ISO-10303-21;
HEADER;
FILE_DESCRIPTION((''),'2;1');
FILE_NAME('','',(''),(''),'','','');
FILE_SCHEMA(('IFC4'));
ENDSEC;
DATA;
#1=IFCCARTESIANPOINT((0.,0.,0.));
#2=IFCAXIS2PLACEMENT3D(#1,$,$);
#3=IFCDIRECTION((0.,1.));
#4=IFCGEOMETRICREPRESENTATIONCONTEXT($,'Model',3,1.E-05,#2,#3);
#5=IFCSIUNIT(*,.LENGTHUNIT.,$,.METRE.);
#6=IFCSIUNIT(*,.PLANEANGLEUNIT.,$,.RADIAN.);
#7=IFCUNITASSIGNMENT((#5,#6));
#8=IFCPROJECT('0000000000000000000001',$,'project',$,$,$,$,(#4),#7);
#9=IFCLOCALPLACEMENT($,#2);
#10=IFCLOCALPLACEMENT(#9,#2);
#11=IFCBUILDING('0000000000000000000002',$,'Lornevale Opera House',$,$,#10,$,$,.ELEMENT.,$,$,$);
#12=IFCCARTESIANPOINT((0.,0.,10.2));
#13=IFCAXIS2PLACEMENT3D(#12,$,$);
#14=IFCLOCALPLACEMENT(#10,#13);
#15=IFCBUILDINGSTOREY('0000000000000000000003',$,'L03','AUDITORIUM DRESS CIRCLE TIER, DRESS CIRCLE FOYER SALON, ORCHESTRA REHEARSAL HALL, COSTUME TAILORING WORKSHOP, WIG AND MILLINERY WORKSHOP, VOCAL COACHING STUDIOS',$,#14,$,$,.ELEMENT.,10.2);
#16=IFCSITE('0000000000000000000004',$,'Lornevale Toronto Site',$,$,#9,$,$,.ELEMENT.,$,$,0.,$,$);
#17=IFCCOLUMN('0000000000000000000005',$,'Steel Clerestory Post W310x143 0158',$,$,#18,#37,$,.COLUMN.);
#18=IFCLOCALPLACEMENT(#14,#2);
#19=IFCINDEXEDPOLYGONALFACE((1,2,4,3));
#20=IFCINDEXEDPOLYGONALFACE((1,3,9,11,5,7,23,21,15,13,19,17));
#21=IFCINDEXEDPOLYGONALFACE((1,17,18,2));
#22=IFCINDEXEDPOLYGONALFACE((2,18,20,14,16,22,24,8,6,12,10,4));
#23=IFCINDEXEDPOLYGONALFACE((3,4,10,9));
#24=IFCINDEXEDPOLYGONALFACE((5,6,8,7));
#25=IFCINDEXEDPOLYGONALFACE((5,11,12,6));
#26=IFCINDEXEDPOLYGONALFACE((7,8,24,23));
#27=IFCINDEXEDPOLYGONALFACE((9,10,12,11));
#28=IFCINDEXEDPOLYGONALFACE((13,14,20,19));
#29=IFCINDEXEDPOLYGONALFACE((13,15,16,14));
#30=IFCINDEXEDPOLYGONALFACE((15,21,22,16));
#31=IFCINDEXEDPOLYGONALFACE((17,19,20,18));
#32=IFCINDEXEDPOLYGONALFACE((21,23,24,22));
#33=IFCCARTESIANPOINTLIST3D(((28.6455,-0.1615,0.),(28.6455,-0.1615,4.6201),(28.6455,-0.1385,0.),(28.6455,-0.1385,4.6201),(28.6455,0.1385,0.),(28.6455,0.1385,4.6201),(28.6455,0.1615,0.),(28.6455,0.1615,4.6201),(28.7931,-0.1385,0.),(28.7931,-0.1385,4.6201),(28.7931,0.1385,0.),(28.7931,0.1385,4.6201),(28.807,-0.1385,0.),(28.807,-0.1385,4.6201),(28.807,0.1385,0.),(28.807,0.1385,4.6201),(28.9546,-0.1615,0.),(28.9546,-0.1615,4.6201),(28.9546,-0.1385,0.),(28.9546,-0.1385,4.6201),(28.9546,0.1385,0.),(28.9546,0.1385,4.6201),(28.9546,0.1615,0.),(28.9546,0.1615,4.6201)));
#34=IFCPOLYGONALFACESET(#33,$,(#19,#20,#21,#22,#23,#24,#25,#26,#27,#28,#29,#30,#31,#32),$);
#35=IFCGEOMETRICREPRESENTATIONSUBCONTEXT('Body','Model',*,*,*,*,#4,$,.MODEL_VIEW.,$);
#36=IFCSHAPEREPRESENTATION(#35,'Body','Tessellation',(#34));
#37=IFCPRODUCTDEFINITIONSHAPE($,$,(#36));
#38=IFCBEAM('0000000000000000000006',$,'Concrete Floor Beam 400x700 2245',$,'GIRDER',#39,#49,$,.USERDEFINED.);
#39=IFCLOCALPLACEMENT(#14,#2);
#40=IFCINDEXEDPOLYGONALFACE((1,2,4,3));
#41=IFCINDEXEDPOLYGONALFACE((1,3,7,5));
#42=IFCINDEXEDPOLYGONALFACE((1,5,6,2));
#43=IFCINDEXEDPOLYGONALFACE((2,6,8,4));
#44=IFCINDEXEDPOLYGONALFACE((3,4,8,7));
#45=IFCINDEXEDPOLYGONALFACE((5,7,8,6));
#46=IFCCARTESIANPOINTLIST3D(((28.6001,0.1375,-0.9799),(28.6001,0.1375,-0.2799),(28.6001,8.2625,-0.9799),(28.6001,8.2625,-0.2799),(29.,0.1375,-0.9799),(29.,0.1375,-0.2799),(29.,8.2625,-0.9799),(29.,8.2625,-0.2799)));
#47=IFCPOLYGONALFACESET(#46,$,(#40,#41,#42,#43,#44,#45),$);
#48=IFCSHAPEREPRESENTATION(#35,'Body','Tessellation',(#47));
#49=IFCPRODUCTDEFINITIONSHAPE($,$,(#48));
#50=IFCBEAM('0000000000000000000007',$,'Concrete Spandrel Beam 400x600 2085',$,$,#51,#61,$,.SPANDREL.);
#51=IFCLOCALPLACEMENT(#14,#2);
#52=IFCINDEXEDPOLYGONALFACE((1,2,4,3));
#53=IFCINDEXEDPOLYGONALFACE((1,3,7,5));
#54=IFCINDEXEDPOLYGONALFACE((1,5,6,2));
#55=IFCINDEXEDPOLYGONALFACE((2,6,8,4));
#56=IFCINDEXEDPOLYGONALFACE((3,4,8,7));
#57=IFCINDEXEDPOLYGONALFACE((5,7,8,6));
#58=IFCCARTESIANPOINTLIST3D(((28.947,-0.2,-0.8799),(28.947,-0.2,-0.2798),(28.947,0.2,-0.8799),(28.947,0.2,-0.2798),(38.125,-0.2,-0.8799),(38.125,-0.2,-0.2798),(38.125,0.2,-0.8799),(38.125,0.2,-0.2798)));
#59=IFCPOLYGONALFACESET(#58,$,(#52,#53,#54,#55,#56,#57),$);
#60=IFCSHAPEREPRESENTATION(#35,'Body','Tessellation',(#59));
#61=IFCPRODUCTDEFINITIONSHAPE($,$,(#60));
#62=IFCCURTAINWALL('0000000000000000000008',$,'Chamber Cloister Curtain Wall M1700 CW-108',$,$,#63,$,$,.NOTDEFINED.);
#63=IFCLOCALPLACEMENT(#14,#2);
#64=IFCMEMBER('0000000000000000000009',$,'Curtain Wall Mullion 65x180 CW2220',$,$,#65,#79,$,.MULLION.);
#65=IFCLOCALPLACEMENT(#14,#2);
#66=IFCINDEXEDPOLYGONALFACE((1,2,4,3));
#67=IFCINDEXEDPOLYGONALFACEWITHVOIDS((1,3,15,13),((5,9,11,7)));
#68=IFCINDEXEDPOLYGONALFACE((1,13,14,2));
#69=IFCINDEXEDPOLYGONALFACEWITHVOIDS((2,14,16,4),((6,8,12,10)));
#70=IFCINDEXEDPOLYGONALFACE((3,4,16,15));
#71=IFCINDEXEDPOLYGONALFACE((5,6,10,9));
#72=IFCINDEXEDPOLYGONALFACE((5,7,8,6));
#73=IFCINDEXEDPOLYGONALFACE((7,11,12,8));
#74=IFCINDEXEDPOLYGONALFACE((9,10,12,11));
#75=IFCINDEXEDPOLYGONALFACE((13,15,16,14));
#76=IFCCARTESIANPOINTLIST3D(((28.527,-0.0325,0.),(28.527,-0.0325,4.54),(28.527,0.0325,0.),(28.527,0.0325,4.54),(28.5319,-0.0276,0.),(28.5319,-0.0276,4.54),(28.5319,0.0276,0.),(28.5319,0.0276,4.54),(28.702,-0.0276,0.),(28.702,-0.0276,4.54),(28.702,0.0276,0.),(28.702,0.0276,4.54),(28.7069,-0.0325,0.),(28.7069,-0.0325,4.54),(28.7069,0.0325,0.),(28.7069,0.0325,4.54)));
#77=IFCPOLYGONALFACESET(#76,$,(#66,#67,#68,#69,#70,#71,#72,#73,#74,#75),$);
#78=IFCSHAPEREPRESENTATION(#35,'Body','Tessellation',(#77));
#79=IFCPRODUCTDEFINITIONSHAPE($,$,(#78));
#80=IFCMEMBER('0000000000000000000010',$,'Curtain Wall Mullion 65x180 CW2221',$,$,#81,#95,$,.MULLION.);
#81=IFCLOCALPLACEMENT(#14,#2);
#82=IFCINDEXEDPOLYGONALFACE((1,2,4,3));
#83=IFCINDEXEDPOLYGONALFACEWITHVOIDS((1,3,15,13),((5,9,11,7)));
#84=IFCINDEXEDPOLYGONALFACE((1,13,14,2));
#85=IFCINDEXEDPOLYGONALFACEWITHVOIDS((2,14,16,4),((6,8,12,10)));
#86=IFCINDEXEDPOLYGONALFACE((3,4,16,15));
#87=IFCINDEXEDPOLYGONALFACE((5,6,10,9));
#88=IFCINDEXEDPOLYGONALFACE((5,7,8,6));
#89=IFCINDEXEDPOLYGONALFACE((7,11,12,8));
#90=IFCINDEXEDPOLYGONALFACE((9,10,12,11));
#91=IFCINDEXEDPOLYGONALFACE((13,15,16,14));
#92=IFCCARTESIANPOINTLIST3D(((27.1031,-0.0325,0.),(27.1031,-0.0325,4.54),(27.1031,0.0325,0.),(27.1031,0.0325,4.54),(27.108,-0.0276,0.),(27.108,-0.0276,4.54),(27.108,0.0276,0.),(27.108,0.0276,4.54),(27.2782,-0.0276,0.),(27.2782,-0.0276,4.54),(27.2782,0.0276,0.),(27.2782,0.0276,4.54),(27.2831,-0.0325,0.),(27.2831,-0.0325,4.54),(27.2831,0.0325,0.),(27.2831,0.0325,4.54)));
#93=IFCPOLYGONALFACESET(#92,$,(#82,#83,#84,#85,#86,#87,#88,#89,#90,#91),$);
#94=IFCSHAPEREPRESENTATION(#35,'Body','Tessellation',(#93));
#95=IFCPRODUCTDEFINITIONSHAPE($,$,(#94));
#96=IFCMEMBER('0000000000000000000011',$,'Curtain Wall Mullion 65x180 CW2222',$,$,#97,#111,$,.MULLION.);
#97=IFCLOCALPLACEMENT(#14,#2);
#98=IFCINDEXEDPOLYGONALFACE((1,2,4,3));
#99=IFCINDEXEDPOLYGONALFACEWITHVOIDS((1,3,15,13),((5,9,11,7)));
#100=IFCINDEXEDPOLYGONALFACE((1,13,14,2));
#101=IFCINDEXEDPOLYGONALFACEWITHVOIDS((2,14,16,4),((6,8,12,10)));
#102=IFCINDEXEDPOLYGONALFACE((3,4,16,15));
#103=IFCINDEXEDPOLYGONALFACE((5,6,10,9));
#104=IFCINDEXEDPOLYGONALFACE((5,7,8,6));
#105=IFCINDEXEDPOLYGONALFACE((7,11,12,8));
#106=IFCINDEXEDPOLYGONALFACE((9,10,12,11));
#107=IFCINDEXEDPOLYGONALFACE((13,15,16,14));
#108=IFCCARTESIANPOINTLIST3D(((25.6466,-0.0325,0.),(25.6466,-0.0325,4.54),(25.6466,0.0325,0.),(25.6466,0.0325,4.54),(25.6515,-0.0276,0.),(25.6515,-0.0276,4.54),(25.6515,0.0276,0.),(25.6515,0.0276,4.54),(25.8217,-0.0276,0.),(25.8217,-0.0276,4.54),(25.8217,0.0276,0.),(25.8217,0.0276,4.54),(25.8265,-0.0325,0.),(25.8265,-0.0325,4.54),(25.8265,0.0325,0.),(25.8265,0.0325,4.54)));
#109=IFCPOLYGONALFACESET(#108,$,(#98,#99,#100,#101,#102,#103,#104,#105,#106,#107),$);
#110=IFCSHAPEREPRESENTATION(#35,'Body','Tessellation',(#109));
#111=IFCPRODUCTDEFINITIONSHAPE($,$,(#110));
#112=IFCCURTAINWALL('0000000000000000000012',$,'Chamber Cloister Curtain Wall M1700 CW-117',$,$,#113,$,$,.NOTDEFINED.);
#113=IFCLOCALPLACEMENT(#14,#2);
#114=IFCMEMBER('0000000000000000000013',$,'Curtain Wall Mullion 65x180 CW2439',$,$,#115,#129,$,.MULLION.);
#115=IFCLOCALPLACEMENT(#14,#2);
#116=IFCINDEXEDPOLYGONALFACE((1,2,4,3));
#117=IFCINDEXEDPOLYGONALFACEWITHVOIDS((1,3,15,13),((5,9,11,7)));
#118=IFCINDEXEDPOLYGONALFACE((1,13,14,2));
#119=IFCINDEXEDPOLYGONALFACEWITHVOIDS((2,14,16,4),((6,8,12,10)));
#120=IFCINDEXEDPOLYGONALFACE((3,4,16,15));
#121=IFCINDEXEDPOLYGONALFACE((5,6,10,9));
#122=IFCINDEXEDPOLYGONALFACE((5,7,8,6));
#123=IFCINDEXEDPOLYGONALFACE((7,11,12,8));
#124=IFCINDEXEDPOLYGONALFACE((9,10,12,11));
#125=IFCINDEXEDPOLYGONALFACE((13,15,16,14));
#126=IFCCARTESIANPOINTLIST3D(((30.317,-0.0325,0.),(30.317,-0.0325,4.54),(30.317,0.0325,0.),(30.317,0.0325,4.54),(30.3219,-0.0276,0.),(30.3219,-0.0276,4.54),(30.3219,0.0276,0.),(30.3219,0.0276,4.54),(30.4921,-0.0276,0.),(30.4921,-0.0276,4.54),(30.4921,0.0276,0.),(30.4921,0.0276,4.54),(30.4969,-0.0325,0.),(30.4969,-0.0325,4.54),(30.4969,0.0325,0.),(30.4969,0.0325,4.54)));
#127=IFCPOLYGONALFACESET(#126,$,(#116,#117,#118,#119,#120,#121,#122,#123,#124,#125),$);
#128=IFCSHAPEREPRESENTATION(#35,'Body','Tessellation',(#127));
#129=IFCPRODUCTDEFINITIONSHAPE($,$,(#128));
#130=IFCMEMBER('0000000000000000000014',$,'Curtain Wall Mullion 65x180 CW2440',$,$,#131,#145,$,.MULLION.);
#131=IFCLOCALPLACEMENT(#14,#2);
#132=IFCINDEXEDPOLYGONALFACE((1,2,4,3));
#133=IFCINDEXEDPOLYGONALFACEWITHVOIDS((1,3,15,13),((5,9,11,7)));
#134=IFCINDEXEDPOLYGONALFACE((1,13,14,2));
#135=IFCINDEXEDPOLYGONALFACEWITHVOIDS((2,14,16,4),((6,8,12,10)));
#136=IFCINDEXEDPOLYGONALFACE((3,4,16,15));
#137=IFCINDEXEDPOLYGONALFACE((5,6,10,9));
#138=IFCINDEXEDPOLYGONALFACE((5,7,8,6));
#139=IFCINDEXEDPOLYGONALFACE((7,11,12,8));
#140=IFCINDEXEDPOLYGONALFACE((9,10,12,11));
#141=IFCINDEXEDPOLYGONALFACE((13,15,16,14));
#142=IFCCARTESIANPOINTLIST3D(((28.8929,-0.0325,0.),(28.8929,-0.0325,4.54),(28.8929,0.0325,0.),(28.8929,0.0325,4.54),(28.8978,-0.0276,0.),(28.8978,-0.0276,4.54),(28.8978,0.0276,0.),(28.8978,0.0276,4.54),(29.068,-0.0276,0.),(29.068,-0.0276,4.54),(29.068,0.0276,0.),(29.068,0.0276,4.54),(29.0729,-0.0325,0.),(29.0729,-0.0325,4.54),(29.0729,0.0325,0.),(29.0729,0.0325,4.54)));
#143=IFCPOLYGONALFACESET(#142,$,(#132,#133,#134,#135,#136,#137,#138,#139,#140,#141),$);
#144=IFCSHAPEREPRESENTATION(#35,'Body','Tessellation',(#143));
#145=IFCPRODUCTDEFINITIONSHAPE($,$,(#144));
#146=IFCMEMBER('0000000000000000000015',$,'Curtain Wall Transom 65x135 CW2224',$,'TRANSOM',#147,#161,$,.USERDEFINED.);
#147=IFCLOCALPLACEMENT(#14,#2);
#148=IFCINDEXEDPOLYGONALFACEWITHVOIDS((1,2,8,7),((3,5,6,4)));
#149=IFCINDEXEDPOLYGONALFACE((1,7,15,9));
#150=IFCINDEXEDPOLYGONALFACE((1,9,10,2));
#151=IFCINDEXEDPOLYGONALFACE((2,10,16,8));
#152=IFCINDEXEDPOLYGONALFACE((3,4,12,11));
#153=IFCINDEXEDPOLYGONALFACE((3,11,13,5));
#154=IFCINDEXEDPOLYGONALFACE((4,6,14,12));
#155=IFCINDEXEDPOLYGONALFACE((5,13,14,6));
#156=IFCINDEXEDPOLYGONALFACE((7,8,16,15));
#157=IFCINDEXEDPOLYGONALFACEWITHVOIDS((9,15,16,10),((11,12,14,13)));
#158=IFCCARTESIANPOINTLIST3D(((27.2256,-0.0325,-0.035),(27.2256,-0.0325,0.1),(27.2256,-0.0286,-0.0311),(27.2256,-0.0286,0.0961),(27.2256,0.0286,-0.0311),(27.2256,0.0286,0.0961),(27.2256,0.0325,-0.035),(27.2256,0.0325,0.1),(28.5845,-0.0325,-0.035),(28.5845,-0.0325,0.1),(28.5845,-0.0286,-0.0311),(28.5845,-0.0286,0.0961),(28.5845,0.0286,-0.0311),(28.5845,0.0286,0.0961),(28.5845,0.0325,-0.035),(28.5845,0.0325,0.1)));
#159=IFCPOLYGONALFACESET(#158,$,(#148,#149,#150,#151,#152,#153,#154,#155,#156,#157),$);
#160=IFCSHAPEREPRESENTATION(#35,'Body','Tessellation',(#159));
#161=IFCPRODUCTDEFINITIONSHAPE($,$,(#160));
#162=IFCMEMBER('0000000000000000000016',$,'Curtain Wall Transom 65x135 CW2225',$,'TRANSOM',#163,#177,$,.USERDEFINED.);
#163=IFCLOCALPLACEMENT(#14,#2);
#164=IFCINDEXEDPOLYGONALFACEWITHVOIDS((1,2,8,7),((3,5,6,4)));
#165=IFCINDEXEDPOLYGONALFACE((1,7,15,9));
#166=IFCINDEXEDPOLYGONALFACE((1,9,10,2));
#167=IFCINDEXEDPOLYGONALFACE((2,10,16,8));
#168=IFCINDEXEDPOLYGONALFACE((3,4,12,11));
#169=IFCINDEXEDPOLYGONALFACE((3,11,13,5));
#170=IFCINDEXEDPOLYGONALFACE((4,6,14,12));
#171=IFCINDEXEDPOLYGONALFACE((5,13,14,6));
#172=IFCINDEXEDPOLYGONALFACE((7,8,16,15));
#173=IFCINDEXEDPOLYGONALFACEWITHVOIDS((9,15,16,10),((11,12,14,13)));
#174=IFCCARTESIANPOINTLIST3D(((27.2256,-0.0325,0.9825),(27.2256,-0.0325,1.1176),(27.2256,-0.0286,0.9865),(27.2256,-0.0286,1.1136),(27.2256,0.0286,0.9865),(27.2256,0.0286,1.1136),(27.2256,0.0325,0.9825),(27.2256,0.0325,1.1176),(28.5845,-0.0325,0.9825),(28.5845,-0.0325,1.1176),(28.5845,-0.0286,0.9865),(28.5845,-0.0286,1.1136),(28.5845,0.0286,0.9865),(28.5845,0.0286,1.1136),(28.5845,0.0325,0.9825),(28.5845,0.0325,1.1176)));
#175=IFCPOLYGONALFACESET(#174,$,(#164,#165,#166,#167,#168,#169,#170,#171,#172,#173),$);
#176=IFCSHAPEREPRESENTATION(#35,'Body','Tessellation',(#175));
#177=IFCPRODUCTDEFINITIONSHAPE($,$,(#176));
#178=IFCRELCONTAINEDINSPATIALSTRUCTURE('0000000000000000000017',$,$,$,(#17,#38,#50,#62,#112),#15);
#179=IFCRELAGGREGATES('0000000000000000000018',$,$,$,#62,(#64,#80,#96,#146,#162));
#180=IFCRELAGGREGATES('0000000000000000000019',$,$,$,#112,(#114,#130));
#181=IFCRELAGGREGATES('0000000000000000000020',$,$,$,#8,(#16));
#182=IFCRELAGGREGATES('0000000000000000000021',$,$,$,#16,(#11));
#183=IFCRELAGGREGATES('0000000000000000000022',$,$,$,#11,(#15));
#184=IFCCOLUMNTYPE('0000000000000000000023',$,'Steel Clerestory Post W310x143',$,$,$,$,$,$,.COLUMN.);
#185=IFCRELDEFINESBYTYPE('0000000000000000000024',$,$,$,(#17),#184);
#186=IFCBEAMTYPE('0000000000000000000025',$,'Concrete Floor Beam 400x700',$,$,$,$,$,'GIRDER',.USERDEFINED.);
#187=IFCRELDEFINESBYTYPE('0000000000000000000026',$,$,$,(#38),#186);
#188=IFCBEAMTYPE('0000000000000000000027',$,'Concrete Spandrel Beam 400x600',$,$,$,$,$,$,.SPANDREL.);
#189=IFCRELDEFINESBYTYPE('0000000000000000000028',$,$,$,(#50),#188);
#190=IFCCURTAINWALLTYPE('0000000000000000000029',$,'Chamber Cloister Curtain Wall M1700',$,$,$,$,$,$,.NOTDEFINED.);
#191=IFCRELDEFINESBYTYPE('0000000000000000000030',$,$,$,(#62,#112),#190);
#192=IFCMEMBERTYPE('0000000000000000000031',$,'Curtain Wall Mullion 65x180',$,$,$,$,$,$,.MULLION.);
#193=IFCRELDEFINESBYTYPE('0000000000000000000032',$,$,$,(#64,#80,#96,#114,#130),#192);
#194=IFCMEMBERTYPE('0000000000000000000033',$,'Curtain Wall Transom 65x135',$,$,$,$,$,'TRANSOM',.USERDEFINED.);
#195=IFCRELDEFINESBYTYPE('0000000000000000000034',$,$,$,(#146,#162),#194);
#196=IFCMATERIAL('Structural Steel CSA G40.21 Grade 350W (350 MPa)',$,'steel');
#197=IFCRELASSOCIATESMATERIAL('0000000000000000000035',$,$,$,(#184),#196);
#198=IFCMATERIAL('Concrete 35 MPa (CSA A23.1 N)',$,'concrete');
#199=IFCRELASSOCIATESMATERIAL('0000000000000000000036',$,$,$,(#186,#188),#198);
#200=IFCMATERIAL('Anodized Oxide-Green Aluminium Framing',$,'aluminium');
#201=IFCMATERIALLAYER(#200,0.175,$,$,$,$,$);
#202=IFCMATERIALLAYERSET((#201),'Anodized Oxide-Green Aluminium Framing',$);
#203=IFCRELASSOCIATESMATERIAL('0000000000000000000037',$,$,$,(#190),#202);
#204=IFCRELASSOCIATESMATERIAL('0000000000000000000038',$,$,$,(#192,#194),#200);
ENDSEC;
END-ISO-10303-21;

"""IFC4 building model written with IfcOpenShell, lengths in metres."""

from ifc_helpers import new_model, si_unit, direction, frame, origin, origin_2d, place, context, subcontext, project, spatial, rectangle, hollow_rectangle, i_section, extrude, material, layer, layer_set, material_profile, profile_set, type_object, element, aggregate, save


model = new_model("IFC4")

# Units and contexts
model_context = context("Model", 3, precision=1e-05, world=origin(), true_north=direction((0.0, 1.0)))
body_context = subcontext(model_context, "Body", "Model", "MODEL_VIEW")
ifc_project = project(units=[si_unit("LENGTHUNIT", "METRE"), si_unit("PLANEANGLEUNIT", "RADIAN")], contexts=[model_context])

# Site, building, storey
site_placement = place(None, origin())
site = spatial("IfcSite", under=ifc_project, at=site_placement, Name="Lornevale Toronto Site", CompositionType="ELEMENT", RefElevation=0.0)
building_placement = place(site_placement, origin())
building = spatial("IfcBuilding", under=site, at=building_placement, Name="Lornevale Opera House", CompositionType="ELEMENT")
storey_placement = place(building_placement, frame((0.0, 0.0, 10.2)))
storey = spatial("IfcBuildingStorey", under=building, at=storey_placement, Name="L03", Description="AUDITORIUM DRESS CIRCLE TIER, DRESS CIRCLE FOYER SALON, ORCHESTRA REHEARSAL HALL, COSTUME TAILORING WORKSHOP, WIG AND MILLINERY WORKSHOP, VOCAL COACHING STUDIOS", CompositionType="ELEMENT", Elevation=10.2)

# Column
ifc_material_1 = material(Name="Structural Steel CSA G40.21 Grade 350W (350 MPa)", Category="steel")
ifc_material_profile_1 = material_profile(ifc_material_1, i_section(OverallWidth=0.3091, OverallDepth=0.323, WebThickness=0.0139, FlangeThickness=0.0229, at=origin_2d()), Name="W310x143")
ifc_profile_set_1 = profile_set([ifc_material_profile_1], Name="Structural Steel CSA G40.21 Grade 350W (350 MPa)")
column_type = type_object("IfcColumnType", Name="Steel Clerestory Post W310x143", PredefinedType="COLUMN", material=ifc_profile_set_1)
column_placement = place(storey_placement, frame((28.8, 0.0, 0.0), z_axis=(0.0, 0.0, 1.0), x_axis=(1.0, 0.0, 0.0)))
element("IfcColumn", 1, at=column_placement, inside=storey, type_object=column_type, Name="Steel Clerestory Post W310x143 0158", PredefinedType="COLUMN", context=body_context, shape_type="SweptSolid", body=[
    extrude(i_section(OverallWidth=0.3091, OverallDepth=0.323, WebThickness=0.0139, FlangeThickness=0.0229, at=origin_2d()), origin(), (0.0, 0.0, 1.0), 4.6201),
])

# Beams
ifc_material_2 = material(Name="Concrete 35 MPa (CSA A23.1 N)", Category="concrete")
ifc_material_profile_2 = material_profile(ifc_material_2, rectangle(XDim=0.3999, YDim=0.7, at=origin_2d()), Name="RC400x700")
ifc_profile_set_2 = profile_set([ifc_material_profile_2], Name="Concrete 35 MPa (CSA A23.1 N)")
beam_type_1 = type_object("IfcBeamType", Name="Concrete Floor Beam 400x700", ElementType="GIRDER", PredefinedType="USERDEFINED", material=ifc_profile_set_2)
beam_1_placement = place(storey_placement, frame((28.8, 0.1375, -0.6299), z_axis=(0.0, 1.0, 0.0), x_axis=(-1.0, 0.0, 0.0)))
element("IfcBeam", 2, at=beam_1_placement, inside=storey, type_object=beam_type_1, Name="Concrete Floor Beam 400x700 2245", ObjectType="GIRDER", PredefinedType="USERDEFINED", context=body_context, shape_type="SweptSolid", body=[
    extrude(rectangle(XDim=0.3999, YDim=0.7, at=origin_2d()), origin(), (0.0, 0.0, 1.0), 8.125),
])
ifc_material_profile_3 = material_profile(ifc_material_2, rectangle(XDim=0.3999, YDim=0.6001, at=origin_2d()), Name="RC400x600")
ifc_profile_set_3 = profile_set([ifc_material_profile_3], Name="Concrete 35 MPa (CSA A23.1 N)")
beam_type_2 = type_object("IfcBeamType", Name="Concrete Spandrel Beam 400x600", PredefinedType="SPANDREL", material=ifc_profile_set_3)
beam_2_placement = place(storey_placement, frame((28.947, 0.0, -0.5798), z_axis=(1.0, 0.0, 0.0), x_axis=(0.0, 1.0, 0.0)))
element("IfcBeam", 3, at=beam_2_placement, inside=storey, type_object=beam_type_2, Name="Concrete Spandrel Beam 400x600 2085", PredefinedType="SPANDREL", context=body_context, shape_type="SweptSolid", body=[
    extrude(rectangle(XDim=0.3999, YDim=0.6001, at=origin_2d()), origin(), (0.0, 0.0, 1.0), 9.178),
])

# Curtain walls, members
ifc_material_3 = material(Name="Anodized Oxide-Green Aluminium Framing", Category="aluminium")
ifc_layer_1 = layer(ifc_material_3, 0.175)
ifc_layer_set_1 = layer_set([ifc_layer_1], Name="Anodized Oxide-Green Aluminium Framing")
curtain_wall_type = type_object("IfcCurtainWallType", Name="Chamber Cloister Curtain Wall M1700", PredefinedType="NOTDEFINED", material=ifc_layer_set_1)
curtain_wall_1_placement = place(storey_placement, origin())
curtain_wall_1 = element("IfcCurtainWall", 4, at=curtain_wall_1_placement, inside=storey, type_object=curtain_wall_type, Name="Chamber Cloister Curtain Wall M1700 CW-108", PredefinedType="NOTDEFINED")
ifc_material_profile_4 = material_profile(ifc_material_3, hollow_rectangle(XDim=0.0649, YDim=0.1799, WallThickness=0.0049, at=origin_2d()), Name="ALU65x180x5")
ifc_profile_set_4 = profile_set([ifc_material_profile_4], Name="Anodized Oxide-Green Aluminium Framing")
member_type_1 = type_object("IfcMemberType", Name="Curtain Wall Mullion 65x180", PredefinedType="MULLION", material=ifc_profile_set_4)
member_1_placement = place(storey_placement, frame((28.6169, 0.0, 0.0), z_axis=(0.0, 0.0, 1.0), x_axis=(0.0, -1.0, 0.0)))
member_1 = element("IfcMember", 5, at=member_1_placement, type_object=member_type_1, Name="Curtain Wall Mullion 65x180 CW2220", PredefinedType="MULLION", context=body_context, shape_type="SweptSolid", body=[
    extrude(hollow_rectangle(XDim=0.0649, YDim=0.1799, WallThickness=0.0049, at=origin_2d()), origin(), (0.0, 0.0, 1.0), 4.54),
])
member_2_placement = place(storey_placement, frame((27.1931, 0.0, 0.0), z_axis=(0.0, 0.0, 1.0), x_axis=(0.0, -1.0, 0.0)))
member_2 = element("IfcMember", 6, at=member_2_placement, type_object=member_type_1, Name="Curtain Wall Mullion 65x180 CW2221", PredefinedType="MULLION", context=body_context, shape_type="SweptSolid", body=[
    extrude(hollow_rectangle(XDim=0.0649, YDim=0.1799, WallThickness=0.0049, at=origin_2d()), origin(), (0.0, 0.0, 1.0), 4.54),
])
member_3_placement = place(storey_placement, frame((25.7366, 0.0, 0.0), z_axis=(0.0, 0.0, 1.0), x_axis=(0.0, -1.0, 0.0)))
member_3 = element("IfcMember", 7, at=member_3_placement, type_object=member_type_1, Name="Curtain Wall Mullion 65x180 CW2222", PredefinedType="MULLION", context=body_context, shape_type="SweptSolid", body=[
    extrude(hollow_rectangle(XDim=0.0649, YDim=0.1799, WallThickness=0.0049, at=origin_2d()), origin(), (0.0, 0.0, 1.0), 4.54),
])
curtain_wall_2_placement = place(storey_placement, origin())
curtain_wall_2 = element("IfcCurtainWall", 8, at=curtain_wall_2_placement, inside=storey, type_object=curtain_wall_type, Name="Chamber Cloister Curtain Wall M1700 CW-117", PredefinedType="NOTDEFINED")
member_4_placement = place(storey_placement, frame((30.407, 0.0, 0.0), z_axis=(0.0, 0.0, 1.0), x_axis=(0.0, -1.0, 0.0)))
member_4 = element("IfcMember", 9, at=member_4_placement, type_object=member_type_1, Name="Curtain Wall Mullion 65x180 CW2439", PredefinedType="MULLION", context=body_context, shape_type="SweptSolid", body=[
    extrude(hollow_rectangle(XDim=0.0649, YDim=0.1799, WallThickness=0.0049, at=origin_2d()), origin(), (0.0, 0.0, 1.0), 4.54),
])
member_5_placement = place(storey_placement, frame((28.9829, 0.0, 0.0), z_axis=(0.0, 0.0, 1.0), x_axis=(0.0, -1.0, 0.0)))
member_5 = element("IfcMember", 10, at=member_5_placement, type_object=member_type_1, Name="Curtain Wall Mullion 65x180 CW2440", PredefinedType="MULLION", context=body_context, shape_type="SweptSolid", body=[
    extrude(hollow_rectangle(XDim=0.0649, YDim=0.1799, WallThickness=0.0049, at=origin_2d()), origin(), (0.0, 0.0, 1.0), 4.54),
])

# Members
ifc_material_profile_5 = material_profile(ifc_material_3, hollow_rectangle(XDim=0.0649, YDim=0.135, WallThickness=0.0039, at=origin_2d()), Name="ALU65x135x4")
ifc_profile_set_5 = profile_set([ifc_material_profile_5], Name="Anodized Oxide-Green Aluminium Framing")
member_type_2 = type_object("IfcMemberType", Name="Curtain Wall Transom 65x135", ElementType="TRANSOM", PredefinedType="USERDEFINED", material=ifc_profile_set_5)
member_6_placement = place(storey_placement, frame((28.5845, 0.0, 0.0325), z_axis=(-1.0, 0.0, 0.0), x_axis=(0.0, -1.0, 0.0)))
member_6 = element("IfcMember", 11, at=member_6_placement, type_object=member_type_2, Name="Curtain Wall Transom 65x135 CW2224", ObjectType="TRANSOM", PredefinedType="USERDEFINED", context=body_context, shape_type="SweptSolid", body=[
    extrude(hollow_rectangle(XDim=0.0649, YDim=0.135, WallThickness=0.0039, at=origin_2d()), origin(), (0.0, 0.0, 1.0), 1.3589),
])
member_7_placement = place(storey_placement, frame((28.5845, 0.0, 1.05), z_axis=(-1.0, 0.0, 0.0), x_axis=(0.0, -1.0, 0.0)))
member_7 = element("IfcMember", 12, at=member_7_placement, type_object=member_type_2, Name="Curtain Wall Transom 65x135 CW2225", ObjectType="TRANSOM", PredefinedType="USERDEFINED", context=body_context, shape_type="SweptSolid", body=[
    extrude(hollow_rectangle(XDim=0.0649, YDim=0.135, WallThickness=0.0039, at=origin_2d()), origin(), (0.0, 0.0, 1.0), 1.3589),
])

aggregate(curtain_wall_1, [member_1, member_2, member_3, member_6, member_7])
aggregate(curtain_wall_2, [member_4, member_5])

save(model, "model.ifc")
